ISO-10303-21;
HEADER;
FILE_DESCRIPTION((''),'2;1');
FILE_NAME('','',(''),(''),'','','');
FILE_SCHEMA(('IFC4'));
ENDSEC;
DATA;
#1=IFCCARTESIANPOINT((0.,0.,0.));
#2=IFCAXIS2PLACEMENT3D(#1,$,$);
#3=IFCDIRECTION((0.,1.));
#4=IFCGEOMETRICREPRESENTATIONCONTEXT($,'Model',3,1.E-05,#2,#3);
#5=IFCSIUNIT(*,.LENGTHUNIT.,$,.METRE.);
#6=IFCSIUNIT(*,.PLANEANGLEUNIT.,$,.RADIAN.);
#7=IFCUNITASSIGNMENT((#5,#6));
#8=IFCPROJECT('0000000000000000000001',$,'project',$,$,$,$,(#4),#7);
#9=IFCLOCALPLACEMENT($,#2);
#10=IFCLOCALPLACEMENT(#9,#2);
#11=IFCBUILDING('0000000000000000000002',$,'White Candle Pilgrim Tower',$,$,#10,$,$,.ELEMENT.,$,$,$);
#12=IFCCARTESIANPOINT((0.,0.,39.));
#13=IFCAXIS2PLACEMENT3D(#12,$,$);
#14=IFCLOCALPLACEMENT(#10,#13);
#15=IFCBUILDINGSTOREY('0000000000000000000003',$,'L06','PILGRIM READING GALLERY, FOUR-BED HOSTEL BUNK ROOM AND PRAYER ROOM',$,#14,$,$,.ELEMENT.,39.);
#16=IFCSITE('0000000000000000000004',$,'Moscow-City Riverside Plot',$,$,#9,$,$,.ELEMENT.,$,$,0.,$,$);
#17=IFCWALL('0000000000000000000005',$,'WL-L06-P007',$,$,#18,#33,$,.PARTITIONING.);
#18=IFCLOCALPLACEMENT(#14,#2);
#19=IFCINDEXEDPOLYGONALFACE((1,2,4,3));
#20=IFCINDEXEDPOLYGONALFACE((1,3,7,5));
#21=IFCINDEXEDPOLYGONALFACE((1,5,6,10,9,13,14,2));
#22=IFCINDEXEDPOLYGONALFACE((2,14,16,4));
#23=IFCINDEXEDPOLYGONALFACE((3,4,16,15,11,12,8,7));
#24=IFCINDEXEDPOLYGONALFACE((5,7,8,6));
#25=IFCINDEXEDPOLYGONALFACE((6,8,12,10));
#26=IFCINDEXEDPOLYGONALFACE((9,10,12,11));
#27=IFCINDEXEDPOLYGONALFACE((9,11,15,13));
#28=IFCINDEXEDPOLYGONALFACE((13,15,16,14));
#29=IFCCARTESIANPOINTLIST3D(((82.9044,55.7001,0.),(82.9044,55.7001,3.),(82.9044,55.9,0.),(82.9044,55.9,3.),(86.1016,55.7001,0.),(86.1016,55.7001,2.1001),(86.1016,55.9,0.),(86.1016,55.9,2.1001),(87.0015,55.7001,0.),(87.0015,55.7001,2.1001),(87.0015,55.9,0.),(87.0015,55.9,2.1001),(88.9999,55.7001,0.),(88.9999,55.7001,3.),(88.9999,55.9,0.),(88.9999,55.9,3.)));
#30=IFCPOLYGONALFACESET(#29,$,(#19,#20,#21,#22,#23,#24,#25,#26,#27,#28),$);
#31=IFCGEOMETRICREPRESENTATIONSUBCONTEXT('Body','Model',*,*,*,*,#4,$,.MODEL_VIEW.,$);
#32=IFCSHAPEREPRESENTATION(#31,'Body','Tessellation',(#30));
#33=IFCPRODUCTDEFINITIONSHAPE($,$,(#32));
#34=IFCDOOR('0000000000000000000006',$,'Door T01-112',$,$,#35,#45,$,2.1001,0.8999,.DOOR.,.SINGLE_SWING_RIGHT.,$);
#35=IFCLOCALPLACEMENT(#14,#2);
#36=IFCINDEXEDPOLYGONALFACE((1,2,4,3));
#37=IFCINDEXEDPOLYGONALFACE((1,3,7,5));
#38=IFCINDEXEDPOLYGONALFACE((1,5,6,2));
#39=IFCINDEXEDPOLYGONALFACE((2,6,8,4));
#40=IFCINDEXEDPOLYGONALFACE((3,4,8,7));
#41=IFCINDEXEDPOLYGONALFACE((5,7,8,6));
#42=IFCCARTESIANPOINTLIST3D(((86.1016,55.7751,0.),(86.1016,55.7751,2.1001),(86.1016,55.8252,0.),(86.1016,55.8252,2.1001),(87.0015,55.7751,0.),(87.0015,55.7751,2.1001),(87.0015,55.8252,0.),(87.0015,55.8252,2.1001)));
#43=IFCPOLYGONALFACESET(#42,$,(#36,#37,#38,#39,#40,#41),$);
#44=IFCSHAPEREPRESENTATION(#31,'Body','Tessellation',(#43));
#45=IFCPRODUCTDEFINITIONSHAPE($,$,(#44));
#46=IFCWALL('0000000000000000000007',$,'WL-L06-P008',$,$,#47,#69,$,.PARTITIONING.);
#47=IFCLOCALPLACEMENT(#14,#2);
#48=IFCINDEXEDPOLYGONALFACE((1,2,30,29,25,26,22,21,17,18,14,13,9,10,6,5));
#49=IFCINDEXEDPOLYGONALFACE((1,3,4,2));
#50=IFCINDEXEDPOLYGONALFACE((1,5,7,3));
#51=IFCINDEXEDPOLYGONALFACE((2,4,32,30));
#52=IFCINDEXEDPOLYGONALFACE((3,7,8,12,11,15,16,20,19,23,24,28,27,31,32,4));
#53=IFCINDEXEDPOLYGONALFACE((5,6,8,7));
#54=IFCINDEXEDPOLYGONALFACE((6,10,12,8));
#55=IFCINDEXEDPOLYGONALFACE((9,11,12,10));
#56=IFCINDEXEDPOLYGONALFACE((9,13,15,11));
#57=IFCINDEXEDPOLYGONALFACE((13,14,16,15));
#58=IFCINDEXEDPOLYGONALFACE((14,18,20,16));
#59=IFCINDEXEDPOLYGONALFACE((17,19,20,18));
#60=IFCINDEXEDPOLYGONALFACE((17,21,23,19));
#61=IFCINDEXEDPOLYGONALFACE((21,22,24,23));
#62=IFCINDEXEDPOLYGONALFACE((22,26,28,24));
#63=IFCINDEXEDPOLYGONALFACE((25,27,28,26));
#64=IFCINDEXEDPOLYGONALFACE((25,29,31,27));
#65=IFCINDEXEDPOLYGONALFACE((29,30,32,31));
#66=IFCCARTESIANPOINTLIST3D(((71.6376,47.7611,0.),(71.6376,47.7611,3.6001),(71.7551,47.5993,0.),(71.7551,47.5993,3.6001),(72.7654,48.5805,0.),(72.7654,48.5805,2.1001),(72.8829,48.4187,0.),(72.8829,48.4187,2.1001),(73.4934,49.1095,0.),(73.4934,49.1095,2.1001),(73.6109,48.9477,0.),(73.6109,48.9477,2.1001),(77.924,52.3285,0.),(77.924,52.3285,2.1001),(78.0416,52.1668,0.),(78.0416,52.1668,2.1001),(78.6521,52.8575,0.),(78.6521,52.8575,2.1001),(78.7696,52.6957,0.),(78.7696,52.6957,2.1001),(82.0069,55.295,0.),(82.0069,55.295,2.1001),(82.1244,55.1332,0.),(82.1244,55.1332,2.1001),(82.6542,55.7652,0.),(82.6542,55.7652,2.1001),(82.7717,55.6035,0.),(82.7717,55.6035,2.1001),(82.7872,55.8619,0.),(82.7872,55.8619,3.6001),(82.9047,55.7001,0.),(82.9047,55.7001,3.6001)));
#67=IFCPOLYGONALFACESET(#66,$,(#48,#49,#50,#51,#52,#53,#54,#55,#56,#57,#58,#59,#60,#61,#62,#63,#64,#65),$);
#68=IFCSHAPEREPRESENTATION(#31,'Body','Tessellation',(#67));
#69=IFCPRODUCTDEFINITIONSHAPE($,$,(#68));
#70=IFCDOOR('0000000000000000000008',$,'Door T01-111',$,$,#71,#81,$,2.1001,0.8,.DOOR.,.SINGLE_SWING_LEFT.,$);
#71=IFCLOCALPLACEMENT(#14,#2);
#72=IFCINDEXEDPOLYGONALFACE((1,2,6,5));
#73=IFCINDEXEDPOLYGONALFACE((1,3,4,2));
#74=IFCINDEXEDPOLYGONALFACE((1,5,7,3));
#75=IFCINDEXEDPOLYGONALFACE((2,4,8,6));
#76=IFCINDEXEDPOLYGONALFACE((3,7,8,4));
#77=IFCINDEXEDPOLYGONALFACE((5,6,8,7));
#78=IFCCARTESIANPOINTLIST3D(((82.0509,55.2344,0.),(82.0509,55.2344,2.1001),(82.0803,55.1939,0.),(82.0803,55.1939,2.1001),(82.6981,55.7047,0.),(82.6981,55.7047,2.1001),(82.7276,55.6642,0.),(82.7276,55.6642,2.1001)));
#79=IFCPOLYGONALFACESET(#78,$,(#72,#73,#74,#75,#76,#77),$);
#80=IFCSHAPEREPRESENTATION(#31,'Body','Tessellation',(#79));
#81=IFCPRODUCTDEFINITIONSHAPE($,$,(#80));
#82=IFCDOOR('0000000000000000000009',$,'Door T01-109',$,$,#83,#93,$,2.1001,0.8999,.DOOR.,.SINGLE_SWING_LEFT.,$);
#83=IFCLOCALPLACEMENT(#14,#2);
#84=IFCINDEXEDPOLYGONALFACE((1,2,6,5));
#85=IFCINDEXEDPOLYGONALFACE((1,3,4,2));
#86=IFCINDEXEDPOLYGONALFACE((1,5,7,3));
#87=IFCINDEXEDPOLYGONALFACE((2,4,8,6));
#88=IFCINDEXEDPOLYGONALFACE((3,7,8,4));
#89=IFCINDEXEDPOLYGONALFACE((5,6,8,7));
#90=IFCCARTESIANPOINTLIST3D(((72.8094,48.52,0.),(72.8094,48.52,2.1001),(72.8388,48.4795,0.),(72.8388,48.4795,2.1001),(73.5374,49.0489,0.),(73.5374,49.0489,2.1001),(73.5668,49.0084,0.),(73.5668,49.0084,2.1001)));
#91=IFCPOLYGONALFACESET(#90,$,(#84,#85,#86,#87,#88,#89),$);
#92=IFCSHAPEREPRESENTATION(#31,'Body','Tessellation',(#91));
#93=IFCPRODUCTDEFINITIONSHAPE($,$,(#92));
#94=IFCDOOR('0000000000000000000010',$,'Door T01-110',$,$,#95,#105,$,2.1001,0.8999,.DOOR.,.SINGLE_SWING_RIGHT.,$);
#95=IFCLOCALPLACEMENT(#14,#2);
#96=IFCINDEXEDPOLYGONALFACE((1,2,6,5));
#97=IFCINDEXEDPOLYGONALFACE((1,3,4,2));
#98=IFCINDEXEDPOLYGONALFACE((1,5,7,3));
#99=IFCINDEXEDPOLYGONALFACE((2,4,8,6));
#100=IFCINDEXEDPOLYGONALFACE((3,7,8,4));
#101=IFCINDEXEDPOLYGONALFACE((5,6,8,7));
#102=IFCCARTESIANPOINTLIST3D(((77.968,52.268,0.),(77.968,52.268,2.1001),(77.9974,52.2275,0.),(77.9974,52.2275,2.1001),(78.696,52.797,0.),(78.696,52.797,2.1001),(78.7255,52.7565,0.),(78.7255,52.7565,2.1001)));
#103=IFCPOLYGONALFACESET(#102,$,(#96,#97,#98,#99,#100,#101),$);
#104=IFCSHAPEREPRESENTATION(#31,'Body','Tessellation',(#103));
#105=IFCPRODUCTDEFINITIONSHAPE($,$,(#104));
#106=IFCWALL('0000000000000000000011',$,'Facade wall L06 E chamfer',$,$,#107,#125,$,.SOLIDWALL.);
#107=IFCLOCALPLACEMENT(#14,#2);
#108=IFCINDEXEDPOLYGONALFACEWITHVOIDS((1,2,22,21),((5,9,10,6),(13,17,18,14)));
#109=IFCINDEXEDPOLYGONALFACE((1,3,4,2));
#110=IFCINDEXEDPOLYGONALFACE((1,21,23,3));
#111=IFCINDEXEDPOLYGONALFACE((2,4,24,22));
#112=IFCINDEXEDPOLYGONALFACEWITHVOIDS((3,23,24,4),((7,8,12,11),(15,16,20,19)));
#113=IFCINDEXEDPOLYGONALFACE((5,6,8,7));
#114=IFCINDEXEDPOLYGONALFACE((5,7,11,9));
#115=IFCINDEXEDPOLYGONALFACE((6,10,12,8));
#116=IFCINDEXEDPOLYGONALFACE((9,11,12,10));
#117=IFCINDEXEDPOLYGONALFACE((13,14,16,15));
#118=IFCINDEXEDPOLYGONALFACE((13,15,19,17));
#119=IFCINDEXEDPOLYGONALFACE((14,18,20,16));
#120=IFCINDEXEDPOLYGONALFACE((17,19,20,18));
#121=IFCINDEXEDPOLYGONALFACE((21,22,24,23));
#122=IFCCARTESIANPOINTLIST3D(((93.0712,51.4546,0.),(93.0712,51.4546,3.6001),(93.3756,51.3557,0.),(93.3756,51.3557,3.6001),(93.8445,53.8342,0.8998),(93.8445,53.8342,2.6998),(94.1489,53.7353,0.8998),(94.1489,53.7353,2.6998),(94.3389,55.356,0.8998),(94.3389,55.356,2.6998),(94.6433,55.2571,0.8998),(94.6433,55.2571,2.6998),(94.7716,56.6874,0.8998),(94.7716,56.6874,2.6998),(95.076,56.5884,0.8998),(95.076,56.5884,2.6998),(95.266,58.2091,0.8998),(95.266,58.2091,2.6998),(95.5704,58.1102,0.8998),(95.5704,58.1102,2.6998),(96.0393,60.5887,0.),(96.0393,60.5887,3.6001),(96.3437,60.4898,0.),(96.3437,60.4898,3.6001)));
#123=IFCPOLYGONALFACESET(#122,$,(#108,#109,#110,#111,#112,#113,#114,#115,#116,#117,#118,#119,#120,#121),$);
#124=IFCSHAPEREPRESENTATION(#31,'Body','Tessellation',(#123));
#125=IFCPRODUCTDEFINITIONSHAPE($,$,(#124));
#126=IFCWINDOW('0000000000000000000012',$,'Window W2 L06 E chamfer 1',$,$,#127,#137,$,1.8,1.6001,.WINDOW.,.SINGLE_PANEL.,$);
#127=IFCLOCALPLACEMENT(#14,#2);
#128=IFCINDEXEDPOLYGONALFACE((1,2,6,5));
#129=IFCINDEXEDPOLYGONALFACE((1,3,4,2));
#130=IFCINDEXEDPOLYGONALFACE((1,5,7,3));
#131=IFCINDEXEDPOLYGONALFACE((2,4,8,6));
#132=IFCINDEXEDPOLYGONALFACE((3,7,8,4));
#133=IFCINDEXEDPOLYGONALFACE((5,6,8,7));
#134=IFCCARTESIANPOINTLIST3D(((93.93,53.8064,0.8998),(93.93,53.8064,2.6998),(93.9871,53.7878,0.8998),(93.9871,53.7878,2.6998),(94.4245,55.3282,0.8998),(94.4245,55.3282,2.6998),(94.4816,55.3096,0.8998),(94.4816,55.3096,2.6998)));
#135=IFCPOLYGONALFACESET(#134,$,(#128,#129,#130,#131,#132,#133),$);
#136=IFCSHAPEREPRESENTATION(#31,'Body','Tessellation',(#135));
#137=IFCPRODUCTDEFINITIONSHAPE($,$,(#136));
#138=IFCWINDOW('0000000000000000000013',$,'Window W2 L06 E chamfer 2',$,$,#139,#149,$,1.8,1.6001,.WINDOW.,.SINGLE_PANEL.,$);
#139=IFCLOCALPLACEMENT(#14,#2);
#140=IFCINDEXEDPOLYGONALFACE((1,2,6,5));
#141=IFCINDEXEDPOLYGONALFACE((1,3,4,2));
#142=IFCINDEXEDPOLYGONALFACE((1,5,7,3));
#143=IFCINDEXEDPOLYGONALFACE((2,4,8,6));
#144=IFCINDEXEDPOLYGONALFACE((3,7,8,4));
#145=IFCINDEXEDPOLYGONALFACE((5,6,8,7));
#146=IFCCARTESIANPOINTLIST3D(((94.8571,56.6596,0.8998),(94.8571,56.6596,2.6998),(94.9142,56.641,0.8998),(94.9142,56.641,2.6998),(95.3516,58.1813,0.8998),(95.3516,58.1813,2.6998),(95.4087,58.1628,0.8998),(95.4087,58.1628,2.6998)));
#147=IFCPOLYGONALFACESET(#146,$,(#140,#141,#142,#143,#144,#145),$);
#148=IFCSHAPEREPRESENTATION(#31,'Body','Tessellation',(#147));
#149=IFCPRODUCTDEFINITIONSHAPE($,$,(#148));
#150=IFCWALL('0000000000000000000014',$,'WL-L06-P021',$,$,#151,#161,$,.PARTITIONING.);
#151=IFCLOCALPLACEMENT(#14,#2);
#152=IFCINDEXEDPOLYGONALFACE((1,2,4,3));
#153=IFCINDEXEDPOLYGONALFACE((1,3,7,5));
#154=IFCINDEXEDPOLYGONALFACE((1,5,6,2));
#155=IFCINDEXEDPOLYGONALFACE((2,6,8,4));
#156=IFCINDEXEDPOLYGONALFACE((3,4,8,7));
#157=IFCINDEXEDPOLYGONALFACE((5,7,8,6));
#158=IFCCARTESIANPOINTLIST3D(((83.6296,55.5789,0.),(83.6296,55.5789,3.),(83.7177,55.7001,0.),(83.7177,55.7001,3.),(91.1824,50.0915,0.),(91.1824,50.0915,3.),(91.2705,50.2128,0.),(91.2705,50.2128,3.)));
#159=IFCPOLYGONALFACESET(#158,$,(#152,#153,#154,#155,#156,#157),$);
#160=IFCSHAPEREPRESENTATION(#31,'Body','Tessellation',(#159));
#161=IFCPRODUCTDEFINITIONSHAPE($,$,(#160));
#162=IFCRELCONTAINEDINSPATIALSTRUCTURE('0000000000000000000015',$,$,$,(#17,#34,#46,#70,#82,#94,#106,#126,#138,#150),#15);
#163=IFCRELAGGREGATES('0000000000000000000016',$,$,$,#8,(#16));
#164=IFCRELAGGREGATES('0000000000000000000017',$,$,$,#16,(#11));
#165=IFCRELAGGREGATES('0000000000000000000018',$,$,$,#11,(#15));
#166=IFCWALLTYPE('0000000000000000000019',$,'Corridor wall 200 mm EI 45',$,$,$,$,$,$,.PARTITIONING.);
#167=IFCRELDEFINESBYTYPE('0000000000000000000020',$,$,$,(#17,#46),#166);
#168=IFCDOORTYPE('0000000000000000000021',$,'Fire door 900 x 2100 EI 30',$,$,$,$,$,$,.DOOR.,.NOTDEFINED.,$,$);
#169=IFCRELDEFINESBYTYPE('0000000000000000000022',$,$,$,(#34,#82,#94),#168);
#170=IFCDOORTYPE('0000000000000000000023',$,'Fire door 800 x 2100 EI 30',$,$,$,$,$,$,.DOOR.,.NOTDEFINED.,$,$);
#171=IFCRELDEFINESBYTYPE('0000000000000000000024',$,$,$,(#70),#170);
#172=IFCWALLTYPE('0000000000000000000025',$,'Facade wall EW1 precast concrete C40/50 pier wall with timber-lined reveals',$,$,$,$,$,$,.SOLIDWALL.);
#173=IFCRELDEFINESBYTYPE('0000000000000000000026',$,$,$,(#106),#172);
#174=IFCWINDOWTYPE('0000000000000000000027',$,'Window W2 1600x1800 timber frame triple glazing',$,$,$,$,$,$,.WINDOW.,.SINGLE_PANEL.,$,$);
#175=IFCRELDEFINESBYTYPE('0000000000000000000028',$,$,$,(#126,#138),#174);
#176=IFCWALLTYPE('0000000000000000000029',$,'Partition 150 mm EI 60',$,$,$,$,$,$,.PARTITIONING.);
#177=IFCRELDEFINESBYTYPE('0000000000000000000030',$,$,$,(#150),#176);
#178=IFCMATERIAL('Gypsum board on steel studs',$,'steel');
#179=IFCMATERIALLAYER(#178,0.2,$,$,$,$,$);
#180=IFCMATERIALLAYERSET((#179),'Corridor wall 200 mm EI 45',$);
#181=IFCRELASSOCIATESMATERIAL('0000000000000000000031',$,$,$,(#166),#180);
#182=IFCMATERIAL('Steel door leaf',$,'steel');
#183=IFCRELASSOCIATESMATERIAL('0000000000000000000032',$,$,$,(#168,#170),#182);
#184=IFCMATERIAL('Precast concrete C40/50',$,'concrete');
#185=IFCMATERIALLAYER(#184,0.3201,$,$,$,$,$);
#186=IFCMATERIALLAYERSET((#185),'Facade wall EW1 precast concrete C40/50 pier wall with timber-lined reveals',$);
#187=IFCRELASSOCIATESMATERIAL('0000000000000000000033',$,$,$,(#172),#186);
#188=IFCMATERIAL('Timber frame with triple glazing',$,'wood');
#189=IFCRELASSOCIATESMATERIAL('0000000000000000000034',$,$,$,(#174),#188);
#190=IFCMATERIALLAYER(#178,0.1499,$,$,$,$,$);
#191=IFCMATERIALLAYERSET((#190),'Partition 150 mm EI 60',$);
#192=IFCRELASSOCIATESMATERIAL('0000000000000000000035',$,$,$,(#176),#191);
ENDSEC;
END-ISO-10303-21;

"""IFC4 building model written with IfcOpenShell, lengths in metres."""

from ifc_helpers import new_model, si_unit, direction, frame, frame_2d, origin, place, context, subcontext, project, spatial, rectangle, extrude, material, layer, layer_set, type_object, element, fill, save


model = new_model("IFC4")

# Units and contexts
model_context = context("Model", 3, precision=1e-05, world=origin(), true_north=direction((0.0, 1.0)))
body_context = subcontext(model_context, "Body", "Model", "MODEL_VIEW")
ifc_project = project(units=[si_unit("LENGTHUNIT", "METRE"), si_unit("PLANEANGLEUNIT", "RADIAN")], contexts=[model_context])

# Site, building, storey
site_placement = place(None, origin())
site = spatial("IfcSite", under=ifc_project, at=site_placement, Name="Moscow-City Riverside Plot", CompositionType="ELEMENT", RefElevation=0.0)
building_placement = place(site_placement, origin())
building = spatial("IfcBuilding", under=site, at=building_placement, Name="White Candle Pilgrim Tower", CompositionType="ELEMENT")
storey_placement = place(building_placement, frame((0.0, 0.0, 39.0)))
storey = spatial("IfcBuildingStorey", under=building, at=storey_placement, Name="L06", Description="PILGRIM READING GALLERY, FOUR-BED HOSTEL BUNK ROOM AND PRAYER ROOM", CompositionType="ELEMENT", Elevation=39.0)

# Wall, opening, door
ifc_material_1 = material(Name="Gypsum board on steel studs", Category="steel")
ifc_layer_1 = layer(ifc_material_1, 0.2)
ifc_layer_set_1 = layer_set([ifc_layer_1], Name="Corridor wall 200 mm EI 45")
wall_type_1 = type_object("IfcWallType", Name="Corridor wall 200 mm EI 45", PredefinedType="PARTITIONING", material=ifc_layer_set_1)
wall_1_placement = place(storey_placement, frame((89.0, 55.8, 0.0), z_axis=(0.0, 0.0, 1.0), x_axis=(-1.0, 0.0, 0.0)))
wall_1 = element("IfcWall", 1, at=wall_1_placement, inside=storey, type_object=wall_type_1, Name="WL-L06-P007", PredefinedType="PARTITIONING", context=body_context, shape_type="SweptSolid", body=[
    extrude(rectangle(XDim=6.0955, YDim=0.2, at=frame_2d((3.0479, 0.0))), origin(), (0.0, 0.0, 1.0), 3.0),
])
opening_1_placement = place(wall_1_placement, frame((1.9985, 0.0, 0.0)))
opening_1 = element("IfcOpeningElement", 2, at=opening_1_placement, cuts=wall_1, PredefinedType="OPENING", context=body_context, shape_type="SweptSolid", body=[
    extrude(rectangle(XDim=0.8999, YDim=2.1001, at=frame_2d((0.45, 1.05))), frame((0.0, 0.1099, 0.0), z_axis=(0.0, -1.0, 0.0), x_axis=(1.0, 0.0, 0.0)), (0.0, 0.0, 1.0), 0.22),
])
ifc_material_2 = material(Name="Steel door leaf", Category="steel")
door_type_1 = type_object("IfcDoorType", Name="Fire door 900 x 2100 EI 30", OperationType="NOTDEFINED", PredefinedType="DOOR", material=ifc_material_2)
door_1_placement = place(opening_1_placement, origin())
door_1 = element("IfcDoor", 3, at=door_1_placement, inside=storey, type_object=door_type_1, Name="Door T01-112", OperationType="SINGLE_SWING_RIGHT", OverallHeight=2.1001, OverallWidth=0.8999, PredefinedType="DOOR", context=body_context, shape_type="SweptSolid", body=[
    extrude(rectangle(XDim=0.8999, YDim=2.1001, at=frame_2d((0.45, 1.05))), frame((0.0, 0.0249, 0.0), z_axis=(0.0, -1.0, 0.0), x_axis=(1.0, 0.0, 0.0)), (0.0, 0.0, 1.0), 0.05),
])
fill(opening_1, door_1)

# Wall, openings, doors
wall_2_placement = place(storey_placement, frame((82.8459, 55.781, 0.0), z_axis=(0.0, 0.0, 1.0), x_axis=(-0.809013, -0.587791, 0.0)))
wall_2 = element("IfcWall", 4, at=wall_2_placement, inside=storey, type_object=wall_type_1, Name="WL-L06-P008", PredefinedType="PARTITIONING", context=body_context, shape_type="SweptSolid", body=[
    extrude(rectangle(XDim=13.7817, YDim=0.2, at=frame_2d((6.8909, 0.0))), origin(), (0.0, 0.0, 1.0), 3.6001),
])
opening_2_placement = place(wall_2_placement, frame((11.4878, 0.0, 0.0)))
opening_2 = element("IfcOpeningElement", 5, at=opening_2_placement, cuts=wall_2, PredefinedType="OPENING", context=body_context, shape_type="SweptSolid", body=[
    extrude(rectangle(XDim=0.8999, YDim=2.1001, at=frame_2d((0.45, 1.05))), frame((0.0, 0.1099, 0.0), z_axis=(0.0, -1.0, 0.0), x_axis=(1.0, 0.0, 0.0)), (0.0, 0.0, 1.0), 0.22),
])
opening_3_placement = place(wall_2_placement, frame((5.1113, 0.0, 0.0)))
opening_3 = element("IfcOpeningElement", 6, at=opening_3_placement, cuts=wall_2, PredefinedType="OPENING", context=body_context, shape_type="SweptSolid", body=[
    extrude(rectangle(XDim=0.8999, YDim=2.1001, at=frame_2d((0.45, 1.05))), frame((0.0, 0.1099, 0.0), z_axis=(0.0, -1.0, 0.0), x_axis=(1.0, 0.0, 0.0)), (0.0, 0.0, 1.0), 0.22),
])
opening_4_placement = place(wall_2_placement, frame((0.1646, 0.0, 0.0)))
opening_4 = element("IfcOpeningElement", 7, at=opening_4_placement, cuts=wall_2, PredefinedType="OPENING", context=body_context, shape_type="SweptSolid", body=[
    extrude(rectangle(XDim=0.8, YDim=2.1001, at=frame_2d((0.3999, 1.05))), frame((0.0, 0.1099, 0.0), z_axis=(0.0, -1.0, 0.0), x_axis=(1.0, 0.0, 0.0)), (0.0, 0.0, 1.0), 0.22),
])
door_type_2 = type_object("IfcDoorType", Name="Fire door 800 x 2100 EI 30", OperationType="NOTDEFINED", PredefinedType="DOOR", material=ifc_material_2)
door_2_placement = place(opening_4_placement, origin())
door_2 = element("IfcDoor", 8, at=door_2_placement, inside=storey, type_object=door_type_2, Name="Door T01-111", OperationType="SINGLE_SWING_LEFT", OverallHeight=2.1001, OverallWidth=0.8, PredefinedType="DOOR", context=body_context, shape_type="SweptSolid", body=[
    extrude(rectangle(XDim=0.8, YDim=2.1001, at=frame_2d((0.3999, 1.05))), frame((0.0, 0.0249, 0.0), z_axis=(0.0, -1.0, 0.0), x_axis=(1.0, 0.0, 0.0)), (0.0, 0.0, 1.0), 0.05),
])
fill(opening_4, door_2)
door_3_placement = place(opening_2_placement, origin())
door_3 = element("IfcDoor", 9, at=door_3_placement, inside=storey, type_object=door_type_1, Name="Door T01-109", OperationType="SINGLE_SWING_LEFT", OverallHeight=2.1001, OverallWidth=0.8999, PredefinedType="DOOR", context=body_context, shape_type="SweptSolid", body=[
    extrude(rectangle(XDim=0.8999, YDim=2.1001, at=frame_2d((0.45, 1.05))), frame((0.0, 0.0249, 0.0), z_axis=(0.0, -1.0, 0.0), x_axis=(1.0, 0.0, 0.0)), (0.0, 0.0, 1.0), 0.05),
])
fill(opening_2, door_3)
door_4_placement = place(opening_3_placement, origin())
door_4 = element("IfcDoor", 10, at=door_4_placement, inside=storey, type_object=door_type_1, Name="Door T01-110", OperationType="SINGLE_SWING_RIGHT", OverallHeight=2.1001, OverallWidth=0.8999, PredefinedType="DOOR", context=body_context, shape_type="SweptSolid", body=[
    extrude(rectangle(XDim=0.8999, YDim=2.1001, at=frame_2d((0.45, 1.05))), frame((0.0, 0.0249, 0.0), z_axis=(0.0, -1.0, 0.0), x_axis=(1.0, 0.0, 0.0)), (0.0, 0.0, 1.0), 0.05),
])
fill(opening_3, door_4)

# Wall, openings, windows
ifc_material_3 = material(Name="Precast concrete C40/50", Category="concrete")
ifc_layer_2 = layer(ifc_material_3, 0.3201)
ifc_layer_set_2 = layer_set([ifc_layer_2], Name="Facade wall EW1 precast concrete C40/50 pier wall with timber-lined reveals")
wall_type_2 = type_object("IfcWallType", Name="Facade wall EW1 precast concrete C40/50 pier wall with timber-lined reveals", PredefinedType="SOLIDWALL", material=ifc_layer_set_2)
wall_3_placement = place(storey_placement, frame((93.2234, 51.405, 0.0), z_axis=(0.0, 0.0, 1.0), x_axis=(0.309035, 0.951051, 0.0)))
wall_3 = element("IfcWall", 11, at=wall_3_placement, inside=storey, type_object=wall_type_2, Name="Facade wall L06 E chamfer", PredefinedType="SOLIDWALL", context=body_context, shape_type="SweptSolid", body=[
    extrude(rectangle(XDim=9.6042, YDim=0.3201, at=frame_2d((4.8022, 0.0))), origin(), (0.0, 0.0, 1.0), 3.6001),
])
opening_5_placement = place(wall_3_placement, frame((2.5022, 0.0, 0.8999)))
opening_5 = element("IfcOpeningElement", 12, at=opening_5_placement, cuts=wall_3, PredefinedType="OPENING", context=body_context, shape_type="SweptSolid", body=[
    extrude(rectangle(XDim=1.6001, YDim=1.8, at=frame_2d((0.8, 0.8999))), frame((0.0, 0.1699, 0.0), z_axis=(0.0, -1.0, 0.0), x_axis=(1.0, 0.0, 0.0)), (0.0, 0.0, 1.0), 0.3401),
])
opening_6_placement = place(wall_3_placement, frame((5.5022, 0.0, 0.8999)))
opening_6 = element("IfcOpeningElement", 13, at=opening_6_placement, cuts=wall_3, PredefinedType="OPENING", context=body_context, shape_type="SweptSolid", body=[
    extrude(rectangle(XDim=1.6001, YDim=1.8, at=frame_2d((0.8, 0.8999))), frame((0.0, 0.1699, 0.0), z_axis=(0.0, -1.0, 0.0), x_axis=(1.0, 0.0, 0.0)), (0.0, 0.0, 1.0), 0.3401),
])
ifc_material_4 = material(Name="Timber frame with triple glazing", Category="wood")
window_type = type_object("IfcWindowType", Name="Window W2 1600x1800 timber frame triple glazing", PartitioningType="SINGLE_PANEL", PredefinedType="WINDOW", material=ifc_material_4)
window_1_placement = place(opening_5_placement, origin())
window_1 = element("IfcWindow", 14, at=window_1_placement, inside=storey, type_object=window_type, Name="Window W2 L06 E chamfer 1", OverallHeight=1.8, OverallWidth=1.6001, PartitioningType="SINGLE_PANEL", PredefinedType="WINDOW", context=body_context, shape_type="SweptSolid", body=[
    extrude(rectangle(XDim=1.6001, YDim=1.8, at=frame_2d((0.8, 0.8999))), frame((0.0, 0.0701, 0.0), z_axis=(0.0, -1.0, 0.0), x_axis=(1.0, 0.0, 0.0)), (0.0, 0.0, 1.0), 0.0601),
])
fill(opening_5, window_1)
window_2_placement = place(opening_6_placement, origin())
window_2 = element("IfcWindow", 15, at=window_2_placement, inside=storey, type_object=window_type, Name="Window W2 L06 E chamfer 2", OverallHeight=1.8, OverallWidth=1.6001, PartitioningType="SINGLE_PANEL", PredefinedType="WINDOW", context=body_context, shape_type="SweptSolid", body=[
    extrude(rectangle(XDim=1.6001, YDim=1.8, at=frame_2d((0.8, 0.8999))), frame((0.0, 0.0701, 0.0), z_axis=(0.0, -1.0, 0.0), x_axis=(1.0, 0.0, 0.0)), (0.0, 0.0, 1.0), 0.0601),
])
fill(opening_6, window_2)

# Wall
ifc_layer_3 = layer(ifc_material_1, 0.1499)
ifc_layer_set_3 = layer_set([ifc_layer_3], Name="Partition 150 mm EI 60")
wall_type_3 = type_object("IfcWallType", Name="Partition 150 mm EI 60", PredefinedType="PARTITIONING", material=ifc_layer_set_3)
wall_4_placement = place(storey_placement, frame((91.2266, 50.1521, 0.0), z_axis=(0.0, 0.0, 1.0), x_axis=(-0.809021, 0.58778, 0.0)))
element("IfcWall", 16, at=wall_4_placement, inside=storey, type_object=wall_type_3, Name="WL-L06-P021", PredefinedType="PARTITIONING", context=body_context, shape_type="SweptSolid", body=[
    extrude(rectangle(XDim=9.3357, YDim=0.1499, at=frame_2d((4.668, 0.0))), origin(), (0.0, 0.0, 1.0), 3.0),
])

save(model, "model.ifc")
